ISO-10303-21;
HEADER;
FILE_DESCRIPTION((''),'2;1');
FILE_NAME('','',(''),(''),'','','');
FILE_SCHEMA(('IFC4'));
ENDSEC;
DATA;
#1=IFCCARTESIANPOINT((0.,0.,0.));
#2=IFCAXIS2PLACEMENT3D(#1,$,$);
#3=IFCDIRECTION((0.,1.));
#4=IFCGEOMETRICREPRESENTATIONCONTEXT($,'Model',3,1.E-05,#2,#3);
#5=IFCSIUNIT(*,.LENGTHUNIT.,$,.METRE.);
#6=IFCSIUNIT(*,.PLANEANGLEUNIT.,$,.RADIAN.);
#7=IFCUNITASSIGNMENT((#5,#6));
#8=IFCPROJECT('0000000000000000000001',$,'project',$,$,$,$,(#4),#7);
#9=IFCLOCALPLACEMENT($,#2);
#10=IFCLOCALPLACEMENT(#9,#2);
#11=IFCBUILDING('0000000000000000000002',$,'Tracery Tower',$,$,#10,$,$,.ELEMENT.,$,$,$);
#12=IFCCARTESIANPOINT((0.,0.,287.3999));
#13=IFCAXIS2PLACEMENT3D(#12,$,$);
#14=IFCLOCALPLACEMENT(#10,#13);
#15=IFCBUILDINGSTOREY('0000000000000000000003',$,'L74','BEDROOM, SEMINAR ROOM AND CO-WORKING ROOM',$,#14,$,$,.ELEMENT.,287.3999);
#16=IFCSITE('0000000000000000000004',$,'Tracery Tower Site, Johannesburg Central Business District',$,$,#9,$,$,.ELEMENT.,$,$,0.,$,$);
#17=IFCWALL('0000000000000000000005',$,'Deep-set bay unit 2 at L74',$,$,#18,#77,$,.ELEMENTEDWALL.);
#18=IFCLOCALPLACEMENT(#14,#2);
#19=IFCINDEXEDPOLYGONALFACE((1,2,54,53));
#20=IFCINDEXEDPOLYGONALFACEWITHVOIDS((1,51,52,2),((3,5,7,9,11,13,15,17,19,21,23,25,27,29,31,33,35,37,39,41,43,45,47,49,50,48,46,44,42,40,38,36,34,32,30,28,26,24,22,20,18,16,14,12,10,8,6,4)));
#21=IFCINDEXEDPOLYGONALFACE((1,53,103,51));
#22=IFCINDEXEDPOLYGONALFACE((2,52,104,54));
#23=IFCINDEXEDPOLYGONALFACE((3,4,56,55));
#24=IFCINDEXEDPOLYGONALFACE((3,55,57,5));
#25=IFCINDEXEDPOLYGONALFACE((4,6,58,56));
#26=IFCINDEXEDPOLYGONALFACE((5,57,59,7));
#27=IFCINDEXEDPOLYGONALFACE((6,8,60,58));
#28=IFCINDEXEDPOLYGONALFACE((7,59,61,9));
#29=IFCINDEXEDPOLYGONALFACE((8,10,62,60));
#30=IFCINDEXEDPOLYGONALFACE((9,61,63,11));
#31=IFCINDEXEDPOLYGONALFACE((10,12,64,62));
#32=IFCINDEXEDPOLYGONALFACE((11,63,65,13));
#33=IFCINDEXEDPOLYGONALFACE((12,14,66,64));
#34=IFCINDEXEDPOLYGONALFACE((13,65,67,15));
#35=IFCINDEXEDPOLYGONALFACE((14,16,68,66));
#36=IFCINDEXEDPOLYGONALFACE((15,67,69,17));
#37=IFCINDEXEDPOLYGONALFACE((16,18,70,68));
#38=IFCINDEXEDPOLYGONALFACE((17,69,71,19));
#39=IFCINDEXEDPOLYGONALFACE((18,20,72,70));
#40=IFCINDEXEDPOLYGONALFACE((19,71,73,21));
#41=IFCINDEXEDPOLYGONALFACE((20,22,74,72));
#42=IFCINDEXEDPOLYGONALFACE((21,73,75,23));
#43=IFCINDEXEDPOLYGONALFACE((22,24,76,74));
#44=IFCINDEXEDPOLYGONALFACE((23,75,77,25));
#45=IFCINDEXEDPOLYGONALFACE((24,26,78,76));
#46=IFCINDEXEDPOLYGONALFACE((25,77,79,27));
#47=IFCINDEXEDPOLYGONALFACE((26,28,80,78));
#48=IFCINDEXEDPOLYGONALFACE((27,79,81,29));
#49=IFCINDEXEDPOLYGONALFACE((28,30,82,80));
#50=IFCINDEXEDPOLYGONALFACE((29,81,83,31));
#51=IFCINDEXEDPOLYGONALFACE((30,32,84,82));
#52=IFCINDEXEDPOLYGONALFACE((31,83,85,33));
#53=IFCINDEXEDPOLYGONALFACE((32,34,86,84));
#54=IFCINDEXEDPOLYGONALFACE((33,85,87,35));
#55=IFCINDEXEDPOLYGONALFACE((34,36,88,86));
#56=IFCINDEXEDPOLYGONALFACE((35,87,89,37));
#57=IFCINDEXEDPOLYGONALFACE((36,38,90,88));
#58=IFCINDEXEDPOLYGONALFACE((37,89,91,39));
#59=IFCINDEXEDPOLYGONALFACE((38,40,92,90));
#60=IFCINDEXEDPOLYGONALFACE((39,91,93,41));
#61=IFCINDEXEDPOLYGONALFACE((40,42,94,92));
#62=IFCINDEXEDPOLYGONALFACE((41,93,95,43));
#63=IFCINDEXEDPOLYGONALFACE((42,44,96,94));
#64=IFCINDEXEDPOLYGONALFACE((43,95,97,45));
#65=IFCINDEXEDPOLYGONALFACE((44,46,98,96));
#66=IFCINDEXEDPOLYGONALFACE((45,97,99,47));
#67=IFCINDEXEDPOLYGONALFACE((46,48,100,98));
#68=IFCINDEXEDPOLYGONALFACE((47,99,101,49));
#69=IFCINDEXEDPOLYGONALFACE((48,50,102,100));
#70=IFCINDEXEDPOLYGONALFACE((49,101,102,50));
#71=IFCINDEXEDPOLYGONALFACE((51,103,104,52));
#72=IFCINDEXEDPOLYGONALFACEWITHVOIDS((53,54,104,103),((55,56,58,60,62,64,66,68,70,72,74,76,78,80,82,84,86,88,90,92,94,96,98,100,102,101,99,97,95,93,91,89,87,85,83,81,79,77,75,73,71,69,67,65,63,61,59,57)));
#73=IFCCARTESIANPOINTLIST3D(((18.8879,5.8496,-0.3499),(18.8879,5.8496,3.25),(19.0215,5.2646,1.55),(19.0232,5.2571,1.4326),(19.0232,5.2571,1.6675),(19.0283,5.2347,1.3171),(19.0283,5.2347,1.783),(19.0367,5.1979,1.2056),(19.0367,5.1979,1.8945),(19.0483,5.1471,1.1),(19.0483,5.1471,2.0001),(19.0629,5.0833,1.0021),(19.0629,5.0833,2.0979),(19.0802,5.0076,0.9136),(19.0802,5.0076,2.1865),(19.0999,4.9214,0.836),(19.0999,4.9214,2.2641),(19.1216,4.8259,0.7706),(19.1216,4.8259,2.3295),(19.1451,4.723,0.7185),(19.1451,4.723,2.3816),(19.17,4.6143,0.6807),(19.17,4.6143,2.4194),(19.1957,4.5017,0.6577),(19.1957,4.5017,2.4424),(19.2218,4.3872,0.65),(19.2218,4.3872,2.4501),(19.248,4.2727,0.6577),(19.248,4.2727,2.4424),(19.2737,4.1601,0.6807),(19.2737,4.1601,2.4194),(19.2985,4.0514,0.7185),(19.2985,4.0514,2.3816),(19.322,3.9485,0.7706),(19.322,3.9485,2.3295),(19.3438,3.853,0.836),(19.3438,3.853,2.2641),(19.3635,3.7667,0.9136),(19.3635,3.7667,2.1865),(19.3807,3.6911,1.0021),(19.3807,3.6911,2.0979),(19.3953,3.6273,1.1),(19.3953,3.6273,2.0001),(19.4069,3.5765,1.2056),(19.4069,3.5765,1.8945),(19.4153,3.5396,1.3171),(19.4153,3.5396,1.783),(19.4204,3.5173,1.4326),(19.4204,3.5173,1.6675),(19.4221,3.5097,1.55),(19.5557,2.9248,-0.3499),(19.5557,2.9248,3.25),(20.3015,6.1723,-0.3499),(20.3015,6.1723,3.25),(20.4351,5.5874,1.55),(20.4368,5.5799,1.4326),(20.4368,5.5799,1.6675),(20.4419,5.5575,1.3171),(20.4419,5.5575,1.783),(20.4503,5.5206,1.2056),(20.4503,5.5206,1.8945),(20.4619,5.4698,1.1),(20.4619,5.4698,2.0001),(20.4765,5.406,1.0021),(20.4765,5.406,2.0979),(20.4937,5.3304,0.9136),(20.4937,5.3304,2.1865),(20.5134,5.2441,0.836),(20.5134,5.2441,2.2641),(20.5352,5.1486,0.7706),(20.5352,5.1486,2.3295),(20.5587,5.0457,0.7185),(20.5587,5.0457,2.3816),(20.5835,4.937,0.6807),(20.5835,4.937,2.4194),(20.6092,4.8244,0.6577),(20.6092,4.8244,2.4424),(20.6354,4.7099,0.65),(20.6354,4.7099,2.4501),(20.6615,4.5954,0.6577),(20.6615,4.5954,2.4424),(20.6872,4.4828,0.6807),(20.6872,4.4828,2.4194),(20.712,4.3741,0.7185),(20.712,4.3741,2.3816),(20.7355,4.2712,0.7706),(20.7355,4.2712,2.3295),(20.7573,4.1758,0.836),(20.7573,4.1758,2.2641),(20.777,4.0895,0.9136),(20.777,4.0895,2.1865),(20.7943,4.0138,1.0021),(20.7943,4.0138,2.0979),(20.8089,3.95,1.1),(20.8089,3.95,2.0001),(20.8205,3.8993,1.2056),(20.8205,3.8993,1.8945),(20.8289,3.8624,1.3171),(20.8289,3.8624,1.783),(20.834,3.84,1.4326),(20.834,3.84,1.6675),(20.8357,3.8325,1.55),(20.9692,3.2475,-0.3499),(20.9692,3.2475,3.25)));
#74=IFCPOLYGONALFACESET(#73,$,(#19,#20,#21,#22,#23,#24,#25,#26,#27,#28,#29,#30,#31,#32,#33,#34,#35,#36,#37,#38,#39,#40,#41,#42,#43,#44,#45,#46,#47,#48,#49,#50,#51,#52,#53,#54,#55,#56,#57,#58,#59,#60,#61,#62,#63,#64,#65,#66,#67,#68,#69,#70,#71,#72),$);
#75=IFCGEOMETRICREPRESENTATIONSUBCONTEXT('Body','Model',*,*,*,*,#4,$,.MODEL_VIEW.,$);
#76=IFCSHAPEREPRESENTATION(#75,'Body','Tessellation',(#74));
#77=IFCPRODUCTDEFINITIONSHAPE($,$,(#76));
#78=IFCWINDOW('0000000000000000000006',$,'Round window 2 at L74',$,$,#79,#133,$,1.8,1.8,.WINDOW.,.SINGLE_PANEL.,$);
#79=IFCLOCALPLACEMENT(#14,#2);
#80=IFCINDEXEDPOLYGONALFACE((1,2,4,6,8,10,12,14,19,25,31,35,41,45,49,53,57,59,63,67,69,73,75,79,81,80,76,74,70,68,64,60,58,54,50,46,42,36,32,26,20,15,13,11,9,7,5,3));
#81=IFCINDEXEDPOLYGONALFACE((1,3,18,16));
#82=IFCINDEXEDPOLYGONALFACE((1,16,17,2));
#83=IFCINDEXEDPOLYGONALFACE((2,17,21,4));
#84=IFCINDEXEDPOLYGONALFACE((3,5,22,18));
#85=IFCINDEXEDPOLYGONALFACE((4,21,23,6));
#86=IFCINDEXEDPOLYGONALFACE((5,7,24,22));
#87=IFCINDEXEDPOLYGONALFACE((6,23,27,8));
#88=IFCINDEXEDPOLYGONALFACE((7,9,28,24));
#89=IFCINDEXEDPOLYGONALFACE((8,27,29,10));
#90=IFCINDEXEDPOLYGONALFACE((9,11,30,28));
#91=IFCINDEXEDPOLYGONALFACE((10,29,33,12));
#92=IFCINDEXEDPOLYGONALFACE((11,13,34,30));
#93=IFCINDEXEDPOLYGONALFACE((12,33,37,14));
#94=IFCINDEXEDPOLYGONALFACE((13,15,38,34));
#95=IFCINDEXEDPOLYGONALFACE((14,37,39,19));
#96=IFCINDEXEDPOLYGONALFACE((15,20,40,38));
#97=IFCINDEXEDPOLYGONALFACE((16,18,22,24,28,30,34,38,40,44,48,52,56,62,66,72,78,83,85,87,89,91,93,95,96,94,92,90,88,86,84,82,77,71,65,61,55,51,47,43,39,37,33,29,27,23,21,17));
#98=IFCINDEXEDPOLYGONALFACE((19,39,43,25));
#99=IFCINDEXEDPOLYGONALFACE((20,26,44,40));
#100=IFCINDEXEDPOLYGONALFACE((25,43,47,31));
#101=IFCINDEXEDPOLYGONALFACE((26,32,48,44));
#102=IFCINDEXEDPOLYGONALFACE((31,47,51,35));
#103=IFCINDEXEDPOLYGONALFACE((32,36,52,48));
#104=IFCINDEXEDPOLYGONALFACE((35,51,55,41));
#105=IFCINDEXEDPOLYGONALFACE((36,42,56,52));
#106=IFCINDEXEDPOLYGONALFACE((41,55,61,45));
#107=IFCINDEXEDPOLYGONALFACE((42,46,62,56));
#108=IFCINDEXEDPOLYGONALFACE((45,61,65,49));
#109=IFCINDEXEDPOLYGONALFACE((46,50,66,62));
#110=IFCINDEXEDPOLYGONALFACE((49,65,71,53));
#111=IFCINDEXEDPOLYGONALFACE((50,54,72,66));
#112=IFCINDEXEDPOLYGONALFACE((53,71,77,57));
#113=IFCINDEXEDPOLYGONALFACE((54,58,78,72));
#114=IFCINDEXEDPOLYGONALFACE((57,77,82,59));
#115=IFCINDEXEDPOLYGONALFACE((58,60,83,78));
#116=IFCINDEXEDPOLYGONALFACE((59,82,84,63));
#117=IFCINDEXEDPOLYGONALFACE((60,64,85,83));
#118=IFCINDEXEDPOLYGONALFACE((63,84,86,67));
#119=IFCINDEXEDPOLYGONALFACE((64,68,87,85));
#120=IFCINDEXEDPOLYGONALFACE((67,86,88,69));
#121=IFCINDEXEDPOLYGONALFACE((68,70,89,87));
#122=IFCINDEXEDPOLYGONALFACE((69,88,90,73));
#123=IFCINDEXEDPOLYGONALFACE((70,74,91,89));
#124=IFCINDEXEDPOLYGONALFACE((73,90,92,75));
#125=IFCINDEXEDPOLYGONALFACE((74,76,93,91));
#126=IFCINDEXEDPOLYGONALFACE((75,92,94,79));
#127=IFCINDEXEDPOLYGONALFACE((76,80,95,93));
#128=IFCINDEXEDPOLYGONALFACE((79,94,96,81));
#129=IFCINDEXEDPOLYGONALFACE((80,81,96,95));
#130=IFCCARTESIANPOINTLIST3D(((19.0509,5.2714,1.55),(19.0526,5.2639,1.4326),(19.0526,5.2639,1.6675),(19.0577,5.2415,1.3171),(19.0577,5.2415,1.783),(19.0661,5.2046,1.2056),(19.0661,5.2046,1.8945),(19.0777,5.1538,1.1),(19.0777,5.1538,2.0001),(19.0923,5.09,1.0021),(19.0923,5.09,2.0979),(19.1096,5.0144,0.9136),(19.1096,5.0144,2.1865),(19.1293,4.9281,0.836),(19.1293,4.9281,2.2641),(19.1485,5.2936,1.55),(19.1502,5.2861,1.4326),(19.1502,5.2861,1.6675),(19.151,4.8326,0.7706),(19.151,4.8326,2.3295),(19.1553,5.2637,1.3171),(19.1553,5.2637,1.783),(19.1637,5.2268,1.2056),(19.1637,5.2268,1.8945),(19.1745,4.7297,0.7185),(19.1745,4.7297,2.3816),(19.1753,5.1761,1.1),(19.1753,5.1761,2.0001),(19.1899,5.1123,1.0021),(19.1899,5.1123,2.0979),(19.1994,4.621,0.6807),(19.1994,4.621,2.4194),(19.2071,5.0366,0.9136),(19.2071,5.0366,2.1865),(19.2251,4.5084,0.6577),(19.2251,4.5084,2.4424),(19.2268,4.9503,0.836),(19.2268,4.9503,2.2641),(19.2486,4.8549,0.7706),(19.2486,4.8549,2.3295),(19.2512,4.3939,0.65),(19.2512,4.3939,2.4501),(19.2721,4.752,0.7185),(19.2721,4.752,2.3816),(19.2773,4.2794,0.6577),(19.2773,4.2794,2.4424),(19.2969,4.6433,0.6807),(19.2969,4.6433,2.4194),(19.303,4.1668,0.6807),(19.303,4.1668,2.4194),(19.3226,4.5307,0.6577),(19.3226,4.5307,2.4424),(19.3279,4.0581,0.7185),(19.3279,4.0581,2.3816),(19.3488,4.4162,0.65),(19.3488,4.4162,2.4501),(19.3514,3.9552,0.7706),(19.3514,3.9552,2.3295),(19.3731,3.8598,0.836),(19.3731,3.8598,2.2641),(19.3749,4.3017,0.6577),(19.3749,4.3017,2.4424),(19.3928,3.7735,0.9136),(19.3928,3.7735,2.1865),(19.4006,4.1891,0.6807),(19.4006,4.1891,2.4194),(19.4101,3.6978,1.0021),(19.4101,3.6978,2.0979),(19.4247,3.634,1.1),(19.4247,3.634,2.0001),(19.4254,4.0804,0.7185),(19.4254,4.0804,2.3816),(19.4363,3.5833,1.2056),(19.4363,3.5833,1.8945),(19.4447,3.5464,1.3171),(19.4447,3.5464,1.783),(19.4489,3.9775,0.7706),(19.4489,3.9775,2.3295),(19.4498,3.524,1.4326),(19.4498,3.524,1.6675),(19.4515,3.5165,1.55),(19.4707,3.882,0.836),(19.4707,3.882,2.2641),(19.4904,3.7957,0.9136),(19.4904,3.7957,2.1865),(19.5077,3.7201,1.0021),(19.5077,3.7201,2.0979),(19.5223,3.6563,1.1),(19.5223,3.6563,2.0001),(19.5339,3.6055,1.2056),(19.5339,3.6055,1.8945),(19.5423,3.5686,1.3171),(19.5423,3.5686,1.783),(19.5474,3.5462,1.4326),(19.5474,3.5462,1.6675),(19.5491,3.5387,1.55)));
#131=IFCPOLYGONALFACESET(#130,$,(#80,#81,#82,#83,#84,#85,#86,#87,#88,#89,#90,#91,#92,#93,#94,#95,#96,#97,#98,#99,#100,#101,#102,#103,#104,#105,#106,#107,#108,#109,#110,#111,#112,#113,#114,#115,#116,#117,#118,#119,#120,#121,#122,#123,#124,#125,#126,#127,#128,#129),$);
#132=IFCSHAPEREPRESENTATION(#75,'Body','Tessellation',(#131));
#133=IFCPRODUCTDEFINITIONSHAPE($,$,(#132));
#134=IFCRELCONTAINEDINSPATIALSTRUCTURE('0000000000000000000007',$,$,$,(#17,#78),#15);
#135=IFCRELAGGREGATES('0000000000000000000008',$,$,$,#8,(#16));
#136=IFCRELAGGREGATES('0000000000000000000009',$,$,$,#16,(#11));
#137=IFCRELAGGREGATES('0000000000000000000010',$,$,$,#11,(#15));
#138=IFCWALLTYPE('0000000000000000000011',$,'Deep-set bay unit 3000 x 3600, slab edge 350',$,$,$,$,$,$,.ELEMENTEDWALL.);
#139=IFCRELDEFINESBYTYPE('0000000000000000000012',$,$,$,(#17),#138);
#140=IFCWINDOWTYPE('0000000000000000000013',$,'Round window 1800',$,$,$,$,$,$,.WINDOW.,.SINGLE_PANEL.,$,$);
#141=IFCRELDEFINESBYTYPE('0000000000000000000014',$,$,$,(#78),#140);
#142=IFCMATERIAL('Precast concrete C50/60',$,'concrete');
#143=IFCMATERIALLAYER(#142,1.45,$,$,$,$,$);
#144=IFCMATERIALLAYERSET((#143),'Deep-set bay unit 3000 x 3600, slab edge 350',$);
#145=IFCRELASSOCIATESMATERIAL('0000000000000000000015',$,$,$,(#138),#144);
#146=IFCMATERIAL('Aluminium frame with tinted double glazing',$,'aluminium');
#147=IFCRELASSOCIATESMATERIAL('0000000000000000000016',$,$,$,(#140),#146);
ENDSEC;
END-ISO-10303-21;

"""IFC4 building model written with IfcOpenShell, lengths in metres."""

from ifc_helpers import new_model, si_unit, direction, frame, frame_2d, origin, origin_2d, place, context, subcontext, project, spatial, rectangle, circle, extrude, material, layer, layer_set, type_object, element, fill, save


model = new_model("IFC4")

# Units and contexts
model_context = context("Model", 3, precision=1e-05, world=origin(), true_north=direction((0.0, 1.0)))
body_context = subcontext(model_context, "Body", "Model", "MODEL_VIEW")
ifc_project = project(units=[si_unit("LENGTHUNIT", "METRE"), si_unit("PLANEANGLEUNIT", "RADIAN")], contexts=[model_context])

# Site, building, storey
site_placement = place(None, origin())
site = spatial("IfcSite", under=ifc_project, at=site_placement, Name="Tracery Tower Site, Johannesburg Central Business District", CompositionType="ELEMENT", RefElevation=0.0)
building_placement = place(site_placement, origin())
building = spatial("IfcBuilding", under=site, at=building_placement, Name="Tracery Tower", CompositionType="ELEMENT")
storey_placement = place(building_placement, frame((0.0, 0.0, 287.3999)))
storey = spatial("IfcBuildingStorey", under=building, at=storey_placement, Name="L74", Description="BEDROOM, SEMINAR ROOM AND CO-WORKING ROOM", CompositionType="ELEMENT", Elevation=287.3999)

# Wall, opening, window
ifc_material_1 = material(Name="Precast concrete C50/60", Category="concrete")
ifc_layer_1 = layer(ifc_material_1, 1.45)
ifc_layer_set_1 = layer_set([ifc_layer_1], Name="Deep-set bay unit 3000 x 3600, slab edge 350")
wall_type_1 = type_object("IfcWallType", Name="Deep-set bay unit 3000 x 3600, slab edge 350", PredefinedType="ELEMENTEDWALL", material=ifc_layer_set_1)
wall_1_placement = place(storey_placement, frame((20.2625, 3.0862, -0.3499), z_axis=(0.0, 0.0, 1.0), x_axis=(-0.222571, 0.974917, 0.0)))
wall_1 = element("IfcWall", 1, at=wall_1_placement, inside=storey, type_object=wall_type_1, Name="Deep-set bay unit 2 at L74", PredefinedType="ELEMENTEDWALL", context=body_context, shape_type="SweptSolid", body=[
    extrude(rectangle(XDim=3.0, YDim=1.45, at=frame_2d((1.5, 0.0))), origin(), (0.0, 0.0, 1.0), 3.5999),
])
opening_1_placement = place(wall_1_placement, frame((1.5, 0.0, 1.8999)))
opening_1 = element("IfcOpeningElement", 2, at=opening_1_placement, cuts=wall_1, PredefinedType="OPENING", context=body_context, shape_type="SweptSolid", body=[
    extrude(circle(Radius=0.9, at=origin_2d()), frame((0.0, 0.7349, 0.0), z_axis=(0.0, -1.0, 0.0), x_axis=(1.0, 0.0, 0.0)), (0.0, 0.0, 1.0), 1.47),
])
ifc_material_2 = material(Name="Aluminium frame with tinted double glazing", Category="aluminium")
window_type = type_object("IfcWindowType", Name="Round window 1800", PartitioningType="SINGLE_PANEL", PredefinedType="WINDOW", material=ifc_material_2)
window_1_placement = place(opening_1_placement, origin())
window_1 = element("IfcWindow", 3, at=window_1_placement, inside=storey, type_object=window_type, Name="Round window 2 at L74", OverallHeight=1.8, OverallWidth=1.8, PartitioningType="SINGLE_PANEL", PredefinedType="WINDOW", context=body_context, shape_type="SweptSolid", body=[
    extrude(circle(Radius=0.9, at=origin_2d()), frame((0.0, 0.6948, 0.0), z_axis=(0.0, -1.0, 0.0), x_axis=(1.0, 0.0, 0.0)), (0.0, 0.0, 1.0), 0.1001),
])
fill(opening_1, window_1)

save(model, "model.ifc")
